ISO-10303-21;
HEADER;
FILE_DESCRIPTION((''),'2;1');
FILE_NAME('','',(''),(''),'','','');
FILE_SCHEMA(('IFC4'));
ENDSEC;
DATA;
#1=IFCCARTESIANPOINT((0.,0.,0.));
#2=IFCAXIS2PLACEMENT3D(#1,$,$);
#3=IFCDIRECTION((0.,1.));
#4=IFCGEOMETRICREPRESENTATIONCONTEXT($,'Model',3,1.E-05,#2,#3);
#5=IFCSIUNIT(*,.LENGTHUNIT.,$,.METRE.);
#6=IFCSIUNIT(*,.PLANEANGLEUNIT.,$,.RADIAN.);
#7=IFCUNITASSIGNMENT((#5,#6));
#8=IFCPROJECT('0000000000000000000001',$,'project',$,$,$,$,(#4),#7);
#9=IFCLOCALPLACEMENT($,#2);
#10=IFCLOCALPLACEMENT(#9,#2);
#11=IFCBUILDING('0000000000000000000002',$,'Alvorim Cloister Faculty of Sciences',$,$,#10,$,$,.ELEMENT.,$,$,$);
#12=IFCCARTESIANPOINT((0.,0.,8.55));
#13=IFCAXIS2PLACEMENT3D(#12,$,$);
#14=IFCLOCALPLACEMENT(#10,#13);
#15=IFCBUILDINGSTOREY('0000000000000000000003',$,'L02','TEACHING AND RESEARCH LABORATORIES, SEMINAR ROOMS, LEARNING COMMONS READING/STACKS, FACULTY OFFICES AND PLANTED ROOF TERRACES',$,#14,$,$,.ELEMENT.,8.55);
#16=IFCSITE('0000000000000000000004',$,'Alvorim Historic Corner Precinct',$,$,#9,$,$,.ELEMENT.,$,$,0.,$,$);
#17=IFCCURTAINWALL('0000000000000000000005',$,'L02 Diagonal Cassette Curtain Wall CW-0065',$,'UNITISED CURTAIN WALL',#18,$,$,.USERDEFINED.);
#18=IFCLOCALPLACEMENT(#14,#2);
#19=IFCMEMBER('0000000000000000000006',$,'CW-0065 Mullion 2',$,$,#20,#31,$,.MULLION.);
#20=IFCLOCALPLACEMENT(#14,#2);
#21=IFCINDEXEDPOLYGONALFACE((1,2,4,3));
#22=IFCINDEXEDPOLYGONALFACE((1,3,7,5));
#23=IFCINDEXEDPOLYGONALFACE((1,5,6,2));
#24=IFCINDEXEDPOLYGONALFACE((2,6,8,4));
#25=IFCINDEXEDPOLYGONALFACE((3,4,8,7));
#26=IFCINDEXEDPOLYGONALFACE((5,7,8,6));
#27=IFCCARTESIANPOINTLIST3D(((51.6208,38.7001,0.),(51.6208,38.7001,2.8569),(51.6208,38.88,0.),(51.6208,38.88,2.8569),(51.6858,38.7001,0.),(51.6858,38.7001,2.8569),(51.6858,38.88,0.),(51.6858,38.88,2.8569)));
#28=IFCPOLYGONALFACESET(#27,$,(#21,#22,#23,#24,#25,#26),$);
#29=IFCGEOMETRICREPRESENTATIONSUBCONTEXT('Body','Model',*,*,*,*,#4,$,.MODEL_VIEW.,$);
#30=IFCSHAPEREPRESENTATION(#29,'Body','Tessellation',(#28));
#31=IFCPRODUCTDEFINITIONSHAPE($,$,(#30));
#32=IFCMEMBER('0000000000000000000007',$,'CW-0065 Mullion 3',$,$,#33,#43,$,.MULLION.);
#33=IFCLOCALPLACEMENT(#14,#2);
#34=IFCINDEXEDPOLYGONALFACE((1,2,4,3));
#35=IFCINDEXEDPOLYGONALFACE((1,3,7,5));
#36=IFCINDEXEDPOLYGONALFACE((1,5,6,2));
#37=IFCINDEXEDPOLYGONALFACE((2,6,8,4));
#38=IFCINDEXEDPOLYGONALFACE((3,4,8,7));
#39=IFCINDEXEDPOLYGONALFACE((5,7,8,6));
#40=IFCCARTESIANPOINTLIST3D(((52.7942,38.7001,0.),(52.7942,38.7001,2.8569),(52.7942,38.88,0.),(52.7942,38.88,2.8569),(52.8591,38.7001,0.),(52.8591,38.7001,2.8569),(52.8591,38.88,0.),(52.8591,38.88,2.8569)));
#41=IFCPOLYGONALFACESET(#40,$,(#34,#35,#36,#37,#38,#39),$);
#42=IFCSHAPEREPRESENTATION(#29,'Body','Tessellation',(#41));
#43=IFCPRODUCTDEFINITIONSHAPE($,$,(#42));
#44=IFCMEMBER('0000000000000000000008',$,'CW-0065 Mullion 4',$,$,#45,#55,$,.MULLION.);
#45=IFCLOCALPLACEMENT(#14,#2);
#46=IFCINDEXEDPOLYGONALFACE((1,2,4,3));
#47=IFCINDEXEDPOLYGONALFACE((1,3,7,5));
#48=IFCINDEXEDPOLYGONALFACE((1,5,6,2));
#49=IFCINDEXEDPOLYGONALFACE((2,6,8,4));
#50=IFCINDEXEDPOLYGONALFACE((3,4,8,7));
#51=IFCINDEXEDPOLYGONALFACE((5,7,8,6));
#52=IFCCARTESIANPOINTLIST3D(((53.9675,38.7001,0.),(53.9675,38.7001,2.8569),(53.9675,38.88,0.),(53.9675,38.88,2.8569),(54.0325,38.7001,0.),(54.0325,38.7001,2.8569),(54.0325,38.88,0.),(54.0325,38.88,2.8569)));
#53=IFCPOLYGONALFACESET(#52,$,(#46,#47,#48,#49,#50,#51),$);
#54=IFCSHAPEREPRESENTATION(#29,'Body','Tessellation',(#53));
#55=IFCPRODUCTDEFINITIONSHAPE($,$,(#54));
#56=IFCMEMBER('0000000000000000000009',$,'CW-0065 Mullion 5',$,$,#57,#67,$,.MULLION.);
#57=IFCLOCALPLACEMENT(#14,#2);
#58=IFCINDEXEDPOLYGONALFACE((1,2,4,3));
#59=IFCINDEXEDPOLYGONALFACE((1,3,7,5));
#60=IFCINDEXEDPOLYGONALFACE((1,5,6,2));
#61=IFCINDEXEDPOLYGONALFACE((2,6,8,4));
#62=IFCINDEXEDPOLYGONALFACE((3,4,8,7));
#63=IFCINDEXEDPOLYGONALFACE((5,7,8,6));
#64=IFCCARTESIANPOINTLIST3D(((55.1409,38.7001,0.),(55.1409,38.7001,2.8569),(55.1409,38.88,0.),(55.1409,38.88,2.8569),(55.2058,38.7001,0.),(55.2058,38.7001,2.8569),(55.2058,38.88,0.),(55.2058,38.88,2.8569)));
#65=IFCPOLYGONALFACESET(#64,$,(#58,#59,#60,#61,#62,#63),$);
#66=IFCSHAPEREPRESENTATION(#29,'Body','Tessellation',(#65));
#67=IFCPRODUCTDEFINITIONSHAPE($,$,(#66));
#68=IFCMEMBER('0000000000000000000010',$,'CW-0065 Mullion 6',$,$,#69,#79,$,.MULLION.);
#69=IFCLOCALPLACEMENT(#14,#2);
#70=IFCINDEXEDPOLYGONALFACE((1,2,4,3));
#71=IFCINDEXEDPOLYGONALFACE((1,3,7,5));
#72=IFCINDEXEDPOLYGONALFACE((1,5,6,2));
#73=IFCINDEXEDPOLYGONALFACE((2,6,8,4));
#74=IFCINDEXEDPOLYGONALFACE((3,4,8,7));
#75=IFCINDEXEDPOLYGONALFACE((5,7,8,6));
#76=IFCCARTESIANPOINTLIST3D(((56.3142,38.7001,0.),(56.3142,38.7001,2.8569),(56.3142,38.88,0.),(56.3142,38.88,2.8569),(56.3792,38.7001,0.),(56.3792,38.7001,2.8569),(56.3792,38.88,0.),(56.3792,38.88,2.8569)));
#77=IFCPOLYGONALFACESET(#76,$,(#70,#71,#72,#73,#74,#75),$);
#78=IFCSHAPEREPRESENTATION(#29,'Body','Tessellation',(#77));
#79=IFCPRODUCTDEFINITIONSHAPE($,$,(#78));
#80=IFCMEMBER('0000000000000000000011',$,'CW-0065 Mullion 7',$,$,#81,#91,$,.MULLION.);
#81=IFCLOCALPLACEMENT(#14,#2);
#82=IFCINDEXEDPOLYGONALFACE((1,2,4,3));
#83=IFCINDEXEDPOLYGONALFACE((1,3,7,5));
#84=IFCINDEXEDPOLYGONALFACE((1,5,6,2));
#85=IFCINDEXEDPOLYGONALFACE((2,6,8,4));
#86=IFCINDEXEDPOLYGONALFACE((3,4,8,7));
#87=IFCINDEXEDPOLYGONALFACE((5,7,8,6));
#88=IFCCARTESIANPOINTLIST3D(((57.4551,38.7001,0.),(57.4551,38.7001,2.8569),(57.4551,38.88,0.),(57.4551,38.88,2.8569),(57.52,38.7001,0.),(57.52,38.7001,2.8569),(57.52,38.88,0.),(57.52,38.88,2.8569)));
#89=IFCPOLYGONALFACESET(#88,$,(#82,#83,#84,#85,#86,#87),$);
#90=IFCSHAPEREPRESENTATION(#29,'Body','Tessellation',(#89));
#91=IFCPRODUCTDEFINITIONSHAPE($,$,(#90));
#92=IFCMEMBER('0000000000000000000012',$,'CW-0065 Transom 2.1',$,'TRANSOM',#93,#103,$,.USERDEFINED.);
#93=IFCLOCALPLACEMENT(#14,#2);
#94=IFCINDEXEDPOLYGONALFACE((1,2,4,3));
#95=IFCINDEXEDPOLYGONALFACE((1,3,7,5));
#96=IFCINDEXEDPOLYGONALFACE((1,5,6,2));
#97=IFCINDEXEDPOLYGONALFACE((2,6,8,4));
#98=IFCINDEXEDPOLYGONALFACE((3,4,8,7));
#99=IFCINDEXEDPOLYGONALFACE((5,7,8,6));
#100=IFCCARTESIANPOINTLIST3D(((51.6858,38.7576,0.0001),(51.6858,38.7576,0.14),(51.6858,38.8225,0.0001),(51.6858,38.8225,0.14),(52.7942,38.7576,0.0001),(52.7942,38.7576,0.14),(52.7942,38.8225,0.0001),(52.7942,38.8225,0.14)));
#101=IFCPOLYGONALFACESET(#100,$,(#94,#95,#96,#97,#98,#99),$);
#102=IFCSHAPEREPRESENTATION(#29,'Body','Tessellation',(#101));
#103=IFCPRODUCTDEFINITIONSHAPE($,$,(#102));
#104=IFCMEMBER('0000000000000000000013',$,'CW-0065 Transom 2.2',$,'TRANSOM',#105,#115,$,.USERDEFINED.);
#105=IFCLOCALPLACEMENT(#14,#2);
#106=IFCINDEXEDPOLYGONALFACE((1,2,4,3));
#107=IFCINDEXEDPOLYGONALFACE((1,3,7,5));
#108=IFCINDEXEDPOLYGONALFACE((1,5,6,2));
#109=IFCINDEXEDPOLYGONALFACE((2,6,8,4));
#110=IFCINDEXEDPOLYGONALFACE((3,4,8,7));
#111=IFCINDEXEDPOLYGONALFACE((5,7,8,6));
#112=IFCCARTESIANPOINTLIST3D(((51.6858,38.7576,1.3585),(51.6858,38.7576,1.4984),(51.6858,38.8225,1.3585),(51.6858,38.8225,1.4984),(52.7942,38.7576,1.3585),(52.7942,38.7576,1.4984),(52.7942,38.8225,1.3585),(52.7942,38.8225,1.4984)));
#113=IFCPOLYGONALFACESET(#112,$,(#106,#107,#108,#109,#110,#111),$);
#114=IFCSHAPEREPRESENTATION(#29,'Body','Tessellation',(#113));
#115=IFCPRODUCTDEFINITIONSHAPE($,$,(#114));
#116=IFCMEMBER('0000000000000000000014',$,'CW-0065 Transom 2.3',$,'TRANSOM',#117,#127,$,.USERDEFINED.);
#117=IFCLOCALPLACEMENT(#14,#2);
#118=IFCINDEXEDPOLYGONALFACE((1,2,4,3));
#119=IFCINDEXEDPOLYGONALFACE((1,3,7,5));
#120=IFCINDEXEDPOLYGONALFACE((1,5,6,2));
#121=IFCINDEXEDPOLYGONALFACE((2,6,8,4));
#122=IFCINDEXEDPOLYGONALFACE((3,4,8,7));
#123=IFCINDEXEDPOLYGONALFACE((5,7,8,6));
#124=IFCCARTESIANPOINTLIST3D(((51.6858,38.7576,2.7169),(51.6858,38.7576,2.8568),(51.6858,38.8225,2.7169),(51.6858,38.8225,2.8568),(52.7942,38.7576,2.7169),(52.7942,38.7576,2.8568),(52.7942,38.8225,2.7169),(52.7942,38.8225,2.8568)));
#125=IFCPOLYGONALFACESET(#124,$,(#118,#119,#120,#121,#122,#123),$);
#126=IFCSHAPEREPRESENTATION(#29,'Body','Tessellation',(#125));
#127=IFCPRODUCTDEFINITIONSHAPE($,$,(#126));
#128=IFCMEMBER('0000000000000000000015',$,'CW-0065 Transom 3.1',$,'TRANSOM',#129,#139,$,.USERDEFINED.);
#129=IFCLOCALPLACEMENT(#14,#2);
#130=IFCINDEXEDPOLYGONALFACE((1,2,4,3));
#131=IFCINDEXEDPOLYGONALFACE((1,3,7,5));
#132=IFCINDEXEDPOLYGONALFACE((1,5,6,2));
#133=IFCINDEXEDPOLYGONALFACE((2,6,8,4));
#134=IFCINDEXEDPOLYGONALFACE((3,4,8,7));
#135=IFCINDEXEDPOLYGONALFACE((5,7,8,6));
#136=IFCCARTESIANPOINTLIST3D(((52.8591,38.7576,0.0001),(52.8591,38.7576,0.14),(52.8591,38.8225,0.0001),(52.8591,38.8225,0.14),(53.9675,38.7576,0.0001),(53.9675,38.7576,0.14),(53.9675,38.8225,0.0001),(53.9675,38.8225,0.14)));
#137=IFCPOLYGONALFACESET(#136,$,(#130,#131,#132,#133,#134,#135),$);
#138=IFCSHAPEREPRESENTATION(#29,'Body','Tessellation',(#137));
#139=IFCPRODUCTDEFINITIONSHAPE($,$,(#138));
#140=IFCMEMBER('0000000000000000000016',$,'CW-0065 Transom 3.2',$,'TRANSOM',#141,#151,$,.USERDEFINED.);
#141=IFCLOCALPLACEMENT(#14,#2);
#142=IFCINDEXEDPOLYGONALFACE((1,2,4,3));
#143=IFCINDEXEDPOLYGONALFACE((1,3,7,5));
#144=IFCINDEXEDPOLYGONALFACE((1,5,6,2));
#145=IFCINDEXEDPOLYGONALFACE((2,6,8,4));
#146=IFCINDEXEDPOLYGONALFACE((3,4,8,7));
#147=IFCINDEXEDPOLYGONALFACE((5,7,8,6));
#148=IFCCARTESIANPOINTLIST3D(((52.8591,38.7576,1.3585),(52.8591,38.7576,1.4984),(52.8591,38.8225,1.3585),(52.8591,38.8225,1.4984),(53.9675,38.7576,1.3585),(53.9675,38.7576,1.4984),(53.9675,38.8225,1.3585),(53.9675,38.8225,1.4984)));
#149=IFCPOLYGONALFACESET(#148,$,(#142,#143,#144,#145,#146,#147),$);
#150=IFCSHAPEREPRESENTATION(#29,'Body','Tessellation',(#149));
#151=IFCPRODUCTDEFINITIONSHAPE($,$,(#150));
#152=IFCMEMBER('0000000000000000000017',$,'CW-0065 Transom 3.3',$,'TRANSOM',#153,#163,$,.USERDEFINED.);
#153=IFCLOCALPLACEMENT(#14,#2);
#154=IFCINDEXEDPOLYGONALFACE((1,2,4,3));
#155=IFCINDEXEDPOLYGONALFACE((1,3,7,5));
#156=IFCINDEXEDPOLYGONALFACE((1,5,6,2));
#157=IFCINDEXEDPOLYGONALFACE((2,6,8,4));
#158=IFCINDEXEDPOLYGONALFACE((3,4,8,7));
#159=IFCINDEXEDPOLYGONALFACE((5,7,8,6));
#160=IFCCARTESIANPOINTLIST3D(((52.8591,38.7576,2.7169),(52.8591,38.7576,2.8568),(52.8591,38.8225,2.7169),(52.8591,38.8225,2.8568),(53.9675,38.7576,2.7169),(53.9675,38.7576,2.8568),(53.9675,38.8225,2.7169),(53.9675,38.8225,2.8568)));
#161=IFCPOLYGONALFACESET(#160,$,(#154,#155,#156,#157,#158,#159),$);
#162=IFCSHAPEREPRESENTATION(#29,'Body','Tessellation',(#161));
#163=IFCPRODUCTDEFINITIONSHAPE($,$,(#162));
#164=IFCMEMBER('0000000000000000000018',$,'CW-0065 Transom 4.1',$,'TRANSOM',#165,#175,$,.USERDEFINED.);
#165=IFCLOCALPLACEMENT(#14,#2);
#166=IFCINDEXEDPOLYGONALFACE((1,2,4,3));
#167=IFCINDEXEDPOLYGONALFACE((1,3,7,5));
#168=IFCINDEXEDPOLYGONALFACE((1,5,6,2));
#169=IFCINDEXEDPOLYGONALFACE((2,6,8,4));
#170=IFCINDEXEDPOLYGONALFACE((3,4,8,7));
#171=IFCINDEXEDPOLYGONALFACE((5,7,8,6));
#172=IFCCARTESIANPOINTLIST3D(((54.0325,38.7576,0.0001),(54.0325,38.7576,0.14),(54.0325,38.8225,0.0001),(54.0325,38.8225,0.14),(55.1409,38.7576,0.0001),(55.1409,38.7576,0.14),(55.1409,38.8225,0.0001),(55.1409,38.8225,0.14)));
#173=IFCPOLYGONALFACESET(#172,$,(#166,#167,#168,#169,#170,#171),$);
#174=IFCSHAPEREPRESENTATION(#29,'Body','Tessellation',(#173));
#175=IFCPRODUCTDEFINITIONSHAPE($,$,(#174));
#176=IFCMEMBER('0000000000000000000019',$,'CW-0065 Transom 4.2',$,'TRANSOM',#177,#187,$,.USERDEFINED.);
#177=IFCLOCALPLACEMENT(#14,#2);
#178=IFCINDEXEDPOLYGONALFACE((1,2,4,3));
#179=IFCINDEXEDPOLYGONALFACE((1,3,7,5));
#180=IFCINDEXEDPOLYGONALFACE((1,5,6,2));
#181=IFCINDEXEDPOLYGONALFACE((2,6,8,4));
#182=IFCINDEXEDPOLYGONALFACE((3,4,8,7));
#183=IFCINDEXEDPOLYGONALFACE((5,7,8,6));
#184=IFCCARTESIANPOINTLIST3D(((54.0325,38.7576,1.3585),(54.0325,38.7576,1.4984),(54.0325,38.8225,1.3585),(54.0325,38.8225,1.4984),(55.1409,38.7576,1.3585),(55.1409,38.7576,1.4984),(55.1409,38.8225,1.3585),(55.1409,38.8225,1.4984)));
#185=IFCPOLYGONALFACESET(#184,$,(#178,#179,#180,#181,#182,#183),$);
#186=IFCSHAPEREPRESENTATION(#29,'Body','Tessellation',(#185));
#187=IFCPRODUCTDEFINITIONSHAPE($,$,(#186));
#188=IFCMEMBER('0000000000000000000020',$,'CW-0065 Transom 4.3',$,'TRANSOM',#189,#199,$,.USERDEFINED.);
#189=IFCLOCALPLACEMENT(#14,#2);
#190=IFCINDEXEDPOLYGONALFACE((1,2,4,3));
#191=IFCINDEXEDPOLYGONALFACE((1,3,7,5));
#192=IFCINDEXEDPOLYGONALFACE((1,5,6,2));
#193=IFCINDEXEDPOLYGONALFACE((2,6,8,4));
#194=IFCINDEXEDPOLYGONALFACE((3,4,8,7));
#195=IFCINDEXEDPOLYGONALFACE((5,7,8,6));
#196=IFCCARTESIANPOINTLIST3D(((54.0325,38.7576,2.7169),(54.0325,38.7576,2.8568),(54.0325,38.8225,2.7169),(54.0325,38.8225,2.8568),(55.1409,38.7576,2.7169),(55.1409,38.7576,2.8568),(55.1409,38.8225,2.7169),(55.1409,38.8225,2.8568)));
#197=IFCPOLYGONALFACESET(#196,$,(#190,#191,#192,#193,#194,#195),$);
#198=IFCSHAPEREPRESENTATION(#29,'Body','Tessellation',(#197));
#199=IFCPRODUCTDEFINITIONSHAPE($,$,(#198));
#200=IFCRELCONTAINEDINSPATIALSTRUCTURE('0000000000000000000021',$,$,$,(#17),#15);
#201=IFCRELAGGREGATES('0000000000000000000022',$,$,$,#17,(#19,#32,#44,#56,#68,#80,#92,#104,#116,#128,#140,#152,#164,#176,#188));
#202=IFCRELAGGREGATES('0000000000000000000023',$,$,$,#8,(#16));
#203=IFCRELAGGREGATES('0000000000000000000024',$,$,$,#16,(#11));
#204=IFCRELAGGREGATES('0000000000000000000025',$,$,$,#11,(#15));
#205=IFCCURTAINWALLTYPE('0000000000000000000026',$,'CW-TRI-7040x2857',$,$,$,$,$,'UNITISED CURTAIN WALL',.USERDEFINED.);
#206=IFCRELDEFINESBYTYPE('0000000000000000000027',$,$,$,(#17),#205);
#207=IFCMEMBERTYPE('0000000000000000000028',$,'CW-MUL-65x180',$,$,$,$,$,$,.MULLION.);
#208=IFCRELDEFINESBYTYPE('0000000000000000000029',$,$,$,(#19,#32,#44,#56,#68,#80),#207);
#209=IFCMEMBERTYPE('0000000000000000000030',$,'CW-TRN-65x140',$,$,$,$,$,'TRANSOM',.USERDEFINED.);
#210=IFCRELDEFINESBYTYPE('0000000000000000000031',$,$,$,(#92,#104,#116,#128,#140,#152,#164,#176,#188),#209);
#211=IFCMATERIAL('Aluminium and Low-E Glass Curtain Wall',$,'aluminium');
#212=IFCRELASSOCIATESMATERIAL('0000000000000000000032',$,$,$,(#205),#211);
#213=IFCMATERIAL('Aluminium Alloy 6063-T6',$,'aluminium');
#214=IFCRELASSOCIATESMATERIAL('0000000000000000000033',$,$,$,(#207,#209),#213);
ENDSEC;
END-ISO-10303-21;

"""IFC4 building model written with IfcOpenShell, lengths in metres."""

from ifc_helpers import new_model, si_unit, direction, frame, origin, origin_2d, place, context, subcontext, project, spatial, rectangle, extrude, material, material_profile, profile_set, type_object, element, aggregate, save


model = new_model("IFC4")

# Units and contexts
model_context = context("Model", 3, precision=1e-05, world=origin(), true_north=direction((0.0, 1.0)))
body_context = subcontext(model_context, "Body", "Model", "MODEL_VIEW")
ifc_project = project(units=[si_unit("LENGTHUNIT", "METRE"), si_unit("PLANEANGLEUNIT", "RADIAN")], contexts=[model_context])

# Site, building, storey
site_placement = place(None, origin())
site = spatial("IfcSite", under=ifc_project, at=site_placement, Name="Alvorim Historic Corner Precinct", CompositionType="ELEMENT", RefElevation=0.0)
building_placement = place(site_placement, origin())
building = spatial("IfcBuilding", under=site, at=building_placement, Name="Alvorim Cloister Faculty of Sciences", CompositionType="ELEMENT")
storey_placement = place(building_placement, frame((0.0, 0.0, 8.55)))
storey = spatial("IfcBuildingStorey", under=building, at=storey_placement, Name="L02", Description="TEACHING AND RESEARCH LABORATORIES, SEMINAR ROOMS, LEARNING COMMONS READING/STACKS, FACULTY OFFICES AND PLANTED ROOF TERRACES", CompositionType="ELEMENT", Elevation=8.55)

# Curtain wall, members
ifc_material_1 = material(Name="Aluminium and Low-E Glass Curtain Wall", Category="aluminium")
curtain_wall_type = type_object("IfcCurtainWallType", Name="CW-TRI-7040x2857", ElementType="UNITISED CURTAIN WALL", PredefinedType="USERDEFINED", material=ifc_material_1)
curtain_wall_placement = place(storey_placement, origin())
curtain_wall = element("IfcCurtainWall", 1, at=curtain_wall_placement, inside=storey, type_object=curtain_wall_type, Name="L02 Diagonal Cassette Curtain Wall CW-0065", ObjectType="UNITISED CURTAIN WALL", PredefinedType="USERDEFINED")
ifc_material_2 = material(Name="Aluminium Alloy 6063-T6", Category="aluminium")
ifc_material_profile_1 = material_profile(ifc_material_2, rectangle(XDim=0.0649, YDim=0.1799, at=origin_2d()), Name="ALU-MUL-65x180")
ifc_profile_set_1 = profile_set([ifc_material_profile_1], Name="Aluminium Alloy 6063-T6")
member_type_1 = type_object("IfcMemberType", Name="CW-MUL-65x180", PredefinedType="MULLION", material=ifc_profile_set_1)
member_1_placement = place(storey_placement, frame((51.6533, 38.79, 0.0), z_axis=(0.0, 0.0, 1.0), x_axis=(1.0, 0.0, 0.0)))
member_1 = element("IfcMember", 2, at=member_1_placement, type_object=member_type_1, Name="CW-0065 Mullion 2", PredefinedType="MULLION", context=body_context, shape_type="SweptSolid", body=[
    extrude(rectangle(XDim=0.0649, YDim=0.1799, at=origin_2d()), origin(), (0.0, 0.0, 1.0), 2.8569),
])
member_2_placement = place(storey_placement, frame((52.8267, 38.79, 0.0), z_axis=(0.0, 0.0, 1.0), x_axis=(1.0, 0.0, 0.0)))
member_2 = element("IfcMember", 3, at=member_2_placement, type_object=member_type_1, Name="CW-0065 Mullion 3", PredefinedType="MULLION", context=body_context, shape_type="SweptSolid", body=[
    extrude(rectangle(XDim=0.0649, YDim=0.1799, at=origin_2d()), origin(), (0.0, 0.0, 1.0), 2.8569),
])
member_3_placement = place(storey_placement, frame((54.0, 38.79, 0.0), z_axis=(0.0, 0.0, 1.0), x_axis=(1.0, 0.0, 0.0)))
member_3 = element("IfcMember", 4, at=member_3_placement, type_object=member_type_1, Name="CW-0065 Mullion 4", PredefinedType="MULLION", context=body_context, shape_type="SweptSolid", body=[
    extrude(rectangle(XDim=0.0649, YDim=0.1799, at=origin_2d()), origin(), (0.0, 0.0, 1.0), 2.8569),
])
member_4_placement = place(storey_placement, frame((55.1733, 38.79, 0.0), z_axis=(0.0, 0.0, 1.0), x_axis=(1.0, 0.0, 0.0)))
member_4 = element("IfcMember", 5, at=member_4_placement, type_object=member_type_1, Name="CW-0065 Mullion 5", PredefinedType="MULLION", context=body_context, shape_type="SweptSolid", body=[
    extrude(rectangle(XDim=0.0649, YDim=0.1799, at=origin_2d()), origin(), (0.0, 0.0, 1.0), 2.8569),
])
member_5_placement = place(storey_placement, frame((56.3467, 38.79, 0.0), z_axis=(0.0, 0.0, 1.0), x_axis=(1.0, 0.0, 0.0)))
member_5 = element("IfcMember", 6, at=member_5_placement, type_object=member_type_1, Name="CW-0065 Mullion 6", PredefinedType="MULLION", context=body_context, shape_type="SweptSolid", body=[
    extrude(rectangle(XDim=0.0649, YDim=0.1799, at=origin_2d()), origin(), (0.0, 0.0, 1.0), 2.8569),
])
member_6_placement = place(storey_placement, frame((57.4875, 38.79, 0.0), z_axis=(0.0, 0.0, 1.0), x_axis=(1.0, 0.0, 0.0)))
member_6 = element("IfcMember", 7, at=member_6_placement, type_object=member_type_1, Name="CW-0065 Mullion 7", PredefinedType="MULLION", context=body_context, shape_type="SweptSolid", body=[
    extrude(rectangle(XDim=0.0649, YDim=0.1799, at=origin_2d()), origin(), (0.0, 0.0, 1.0), 2.8569),
])
ifc_material_profile_2 = material_profile(ifc_material_2, rectangle(XDim=0.0649, YDim=0.1399, at=origin_2d()), Name="ALU-TRN-65x140")
ifc_profile_set_2 = profile_set([ifc_material_profile_2], Name="Aluminium Alloy 6063-T6")
member_type_2 = type_object("IfcMemberType", Name="CW-TRN-65x140", ElementType="TRANSOM", PredefinedType="USERDEFINED", material=ifc_profile_set_2)
member_7_placement = place(storey_placement, frame((51.6858, 38.79, 0.0701), z_axis=(1.0, 0.0, 0.0), x_axis=(0.0, 1.0, 0.0)))
member_7 = element("IfcMember", 8, at=member_7_placement, type_object=member_type_2, Name="CW-0065 Transom 2.1", ObjectType="TRANSOM", PredefinedType="USERDEFINED", context=body_context, shape_type="SweptSolid", body=[
    extrude(rectangle(XDim=0.0649, YDim=0.1399, at=origin_2d()), origin(), (0.0, 0.0, 1.0), 1.1084),
])
member_8_placement = place(storey_placement, frame((51.6858, 38.79, 1.4285), z_axis=(1.0, 0.0, 0.0), x_axis=(0.0, 1.0, 0.0)))
member_8 = element("IfcMember", 9, at=member_8_placement, type_object=member_type_2, Name="CW-0065 Transom 2.2", ObjectType="TRANSOM", PredefinedType="USERDEFINED", context=body_context, shape_type="SweptSolid", body=[
    extrude(rectangle(XDim=0.0649, YDim=0.1399, at=origin_2d()), origin(), (0.0, 0.0, 1.0), 1.1084),
])
member_9_placement = place(storey_placement, frame((51.6858, 38.79, 2.7869), z_axis=(1.0, 0.0, 0.0), x_axis=(0.0, 1.0, 0.0)))
member_9 = element("IfcMember", 10, at=member_9_placement, type_object=member_type_2, Name="CW-0065 Transom 2.3", ObjectType="TRANSOM", PredefinedType="USERDEFINED", context=body_context, shape_type="SweptSolid", body=[
    extrude(rectangle(XDim=0.0649, YDim=0.1399, at=origin_2d()), origin(), (0.0, 0.0, 1.0), 1.1084),
])
member_10_placement = place(storey_placement, frame((52.8591, 38.79, 0.0701), z_axis=(1.0, 0.0, 0.0), x_axis=(0.0, 1.0, 0.0)))
member_10 = element("IfcMember", 11, at=member_10_placement, type_object=member_type_2, Name="CW-0065 Transom 3.1", ObjectType="TRANSOM", PredefinedType="USERDEFINED", context=body_context, shape_type="SweptSolid", body=[
    extrude(rectangle(XDim=0.0649, YDim=0.1399, at=origin_2d()), origin(), (0.0, 0.0, 1.0), 1.1084),
])
member_11_placement = place(storey_placement, frame((52.8591, 38.79, 1.4285), z_axis=(1.0, 0.0, 0.0), x_axis=(0.0, 1.0, 0.0)))
member_11 = element("IfcMember", 12, at=member_11_placement, type_object=member_type_2, Name="CW-0065 Transom 3.2", ObjectType="TRANSOM", PredefinedType="USERDEFINED", context=body_context, shape_type="SweptSolid", body=[
    extrude(rectangle(XDim=0.0649, YDim=0.1399, at=origin_2d()), origin(), (0.0, 0.0, 1.0), 1.1084),
])
member_12_placement = place(storey_placement, frame((52.8591, 38.79, 2.7869), z_axis=(1.0, 0.0, 0.0), x_axis=(0.0, 1.0, 0.0)))
member_12 = element("IfcMember", 13, at=member_12_placement, type_object=member_type_2, Name="CW-0065 Transom 3.3", ObjectType="TRANSOM", PredefinedType="USERDEFINED", context=body_context, shape_type="SweptSolid", body=[
    extrude(rectangle(XDim=0.0649, YDim=0.1399, at=origin_2d()), origin(), (0.0, 0.0, 1.0), 1.1084),
])
member_13_placement = place(storey_placement, frame((54.0325, 38.79, 0.0701), z_axis=(1.0, 0.0, 0.0), x_axis=(0.0, 1.0, 0.0)))
member_13 = element("IfcMember", 14, at=member_13_placement, type_object=member_type_2, Name="CW-0065 Transom 4.1", ObjectType="TRANSOM", PredefinedType="USERDEFINED", context=body_context, shape_type="SweptSolid", body=[
    extrude(rectangle(XDim=0.0649, YDim=0.1399, at=origin_2d()), origin(), (0.0, 0.0, 1.0), 1.1084),
])
member_14_placement = place(storey_placement, frame((54.0325, 38.79, 1.4285), z_axis=(1.0, 0.0, 0.0), x_axis=(0.0, 1.0, 0.0)))
member_14 = element("IfcMember", 15, at=member_14_placement, type_object=member_type_2, Name="CW-0065 Transom 4.2", ObjectType="TRANSOM", PredefinedType="USERDEFINED", context=body_context, shape_type="SweptSolid", body=[
    extrude(rectangle(XDim=0.0649, YDim=0.1399, at=origin_2d()), origin(), (0.0, 0.0, 1.0), 1.1084),
])
member_15_placement = place(storey_placement, frame((54.0325, 38.79, 2.7869), z_axis=(1.0, 0.0, 0.0), x_axis=(0.0, 1.0, 0.0)))
member_15 = element("IfcMember", 16, at=member_15_placement, type_object=member_type_2, Name="CW-0065 Transom 4.3", ObjectType="TRANSOM", PredefinedType="USERDEFINED", context=body_context, shape_type="SweptSolid", body=[
    extrude(rectangle(XDim=0.0649, YDim=0.1399, at=origin_2d()), origin(), (0.0, 0.0, 1.0), 1.1084),
])
aggregate(curtain_wall, [member_1, member_2, member_3, member_4, member_5, member_6, member_7, member_8, member_9, member_10, member_11, member_12, member_13, member_14, member_15])

save(model, "model.ifc")
